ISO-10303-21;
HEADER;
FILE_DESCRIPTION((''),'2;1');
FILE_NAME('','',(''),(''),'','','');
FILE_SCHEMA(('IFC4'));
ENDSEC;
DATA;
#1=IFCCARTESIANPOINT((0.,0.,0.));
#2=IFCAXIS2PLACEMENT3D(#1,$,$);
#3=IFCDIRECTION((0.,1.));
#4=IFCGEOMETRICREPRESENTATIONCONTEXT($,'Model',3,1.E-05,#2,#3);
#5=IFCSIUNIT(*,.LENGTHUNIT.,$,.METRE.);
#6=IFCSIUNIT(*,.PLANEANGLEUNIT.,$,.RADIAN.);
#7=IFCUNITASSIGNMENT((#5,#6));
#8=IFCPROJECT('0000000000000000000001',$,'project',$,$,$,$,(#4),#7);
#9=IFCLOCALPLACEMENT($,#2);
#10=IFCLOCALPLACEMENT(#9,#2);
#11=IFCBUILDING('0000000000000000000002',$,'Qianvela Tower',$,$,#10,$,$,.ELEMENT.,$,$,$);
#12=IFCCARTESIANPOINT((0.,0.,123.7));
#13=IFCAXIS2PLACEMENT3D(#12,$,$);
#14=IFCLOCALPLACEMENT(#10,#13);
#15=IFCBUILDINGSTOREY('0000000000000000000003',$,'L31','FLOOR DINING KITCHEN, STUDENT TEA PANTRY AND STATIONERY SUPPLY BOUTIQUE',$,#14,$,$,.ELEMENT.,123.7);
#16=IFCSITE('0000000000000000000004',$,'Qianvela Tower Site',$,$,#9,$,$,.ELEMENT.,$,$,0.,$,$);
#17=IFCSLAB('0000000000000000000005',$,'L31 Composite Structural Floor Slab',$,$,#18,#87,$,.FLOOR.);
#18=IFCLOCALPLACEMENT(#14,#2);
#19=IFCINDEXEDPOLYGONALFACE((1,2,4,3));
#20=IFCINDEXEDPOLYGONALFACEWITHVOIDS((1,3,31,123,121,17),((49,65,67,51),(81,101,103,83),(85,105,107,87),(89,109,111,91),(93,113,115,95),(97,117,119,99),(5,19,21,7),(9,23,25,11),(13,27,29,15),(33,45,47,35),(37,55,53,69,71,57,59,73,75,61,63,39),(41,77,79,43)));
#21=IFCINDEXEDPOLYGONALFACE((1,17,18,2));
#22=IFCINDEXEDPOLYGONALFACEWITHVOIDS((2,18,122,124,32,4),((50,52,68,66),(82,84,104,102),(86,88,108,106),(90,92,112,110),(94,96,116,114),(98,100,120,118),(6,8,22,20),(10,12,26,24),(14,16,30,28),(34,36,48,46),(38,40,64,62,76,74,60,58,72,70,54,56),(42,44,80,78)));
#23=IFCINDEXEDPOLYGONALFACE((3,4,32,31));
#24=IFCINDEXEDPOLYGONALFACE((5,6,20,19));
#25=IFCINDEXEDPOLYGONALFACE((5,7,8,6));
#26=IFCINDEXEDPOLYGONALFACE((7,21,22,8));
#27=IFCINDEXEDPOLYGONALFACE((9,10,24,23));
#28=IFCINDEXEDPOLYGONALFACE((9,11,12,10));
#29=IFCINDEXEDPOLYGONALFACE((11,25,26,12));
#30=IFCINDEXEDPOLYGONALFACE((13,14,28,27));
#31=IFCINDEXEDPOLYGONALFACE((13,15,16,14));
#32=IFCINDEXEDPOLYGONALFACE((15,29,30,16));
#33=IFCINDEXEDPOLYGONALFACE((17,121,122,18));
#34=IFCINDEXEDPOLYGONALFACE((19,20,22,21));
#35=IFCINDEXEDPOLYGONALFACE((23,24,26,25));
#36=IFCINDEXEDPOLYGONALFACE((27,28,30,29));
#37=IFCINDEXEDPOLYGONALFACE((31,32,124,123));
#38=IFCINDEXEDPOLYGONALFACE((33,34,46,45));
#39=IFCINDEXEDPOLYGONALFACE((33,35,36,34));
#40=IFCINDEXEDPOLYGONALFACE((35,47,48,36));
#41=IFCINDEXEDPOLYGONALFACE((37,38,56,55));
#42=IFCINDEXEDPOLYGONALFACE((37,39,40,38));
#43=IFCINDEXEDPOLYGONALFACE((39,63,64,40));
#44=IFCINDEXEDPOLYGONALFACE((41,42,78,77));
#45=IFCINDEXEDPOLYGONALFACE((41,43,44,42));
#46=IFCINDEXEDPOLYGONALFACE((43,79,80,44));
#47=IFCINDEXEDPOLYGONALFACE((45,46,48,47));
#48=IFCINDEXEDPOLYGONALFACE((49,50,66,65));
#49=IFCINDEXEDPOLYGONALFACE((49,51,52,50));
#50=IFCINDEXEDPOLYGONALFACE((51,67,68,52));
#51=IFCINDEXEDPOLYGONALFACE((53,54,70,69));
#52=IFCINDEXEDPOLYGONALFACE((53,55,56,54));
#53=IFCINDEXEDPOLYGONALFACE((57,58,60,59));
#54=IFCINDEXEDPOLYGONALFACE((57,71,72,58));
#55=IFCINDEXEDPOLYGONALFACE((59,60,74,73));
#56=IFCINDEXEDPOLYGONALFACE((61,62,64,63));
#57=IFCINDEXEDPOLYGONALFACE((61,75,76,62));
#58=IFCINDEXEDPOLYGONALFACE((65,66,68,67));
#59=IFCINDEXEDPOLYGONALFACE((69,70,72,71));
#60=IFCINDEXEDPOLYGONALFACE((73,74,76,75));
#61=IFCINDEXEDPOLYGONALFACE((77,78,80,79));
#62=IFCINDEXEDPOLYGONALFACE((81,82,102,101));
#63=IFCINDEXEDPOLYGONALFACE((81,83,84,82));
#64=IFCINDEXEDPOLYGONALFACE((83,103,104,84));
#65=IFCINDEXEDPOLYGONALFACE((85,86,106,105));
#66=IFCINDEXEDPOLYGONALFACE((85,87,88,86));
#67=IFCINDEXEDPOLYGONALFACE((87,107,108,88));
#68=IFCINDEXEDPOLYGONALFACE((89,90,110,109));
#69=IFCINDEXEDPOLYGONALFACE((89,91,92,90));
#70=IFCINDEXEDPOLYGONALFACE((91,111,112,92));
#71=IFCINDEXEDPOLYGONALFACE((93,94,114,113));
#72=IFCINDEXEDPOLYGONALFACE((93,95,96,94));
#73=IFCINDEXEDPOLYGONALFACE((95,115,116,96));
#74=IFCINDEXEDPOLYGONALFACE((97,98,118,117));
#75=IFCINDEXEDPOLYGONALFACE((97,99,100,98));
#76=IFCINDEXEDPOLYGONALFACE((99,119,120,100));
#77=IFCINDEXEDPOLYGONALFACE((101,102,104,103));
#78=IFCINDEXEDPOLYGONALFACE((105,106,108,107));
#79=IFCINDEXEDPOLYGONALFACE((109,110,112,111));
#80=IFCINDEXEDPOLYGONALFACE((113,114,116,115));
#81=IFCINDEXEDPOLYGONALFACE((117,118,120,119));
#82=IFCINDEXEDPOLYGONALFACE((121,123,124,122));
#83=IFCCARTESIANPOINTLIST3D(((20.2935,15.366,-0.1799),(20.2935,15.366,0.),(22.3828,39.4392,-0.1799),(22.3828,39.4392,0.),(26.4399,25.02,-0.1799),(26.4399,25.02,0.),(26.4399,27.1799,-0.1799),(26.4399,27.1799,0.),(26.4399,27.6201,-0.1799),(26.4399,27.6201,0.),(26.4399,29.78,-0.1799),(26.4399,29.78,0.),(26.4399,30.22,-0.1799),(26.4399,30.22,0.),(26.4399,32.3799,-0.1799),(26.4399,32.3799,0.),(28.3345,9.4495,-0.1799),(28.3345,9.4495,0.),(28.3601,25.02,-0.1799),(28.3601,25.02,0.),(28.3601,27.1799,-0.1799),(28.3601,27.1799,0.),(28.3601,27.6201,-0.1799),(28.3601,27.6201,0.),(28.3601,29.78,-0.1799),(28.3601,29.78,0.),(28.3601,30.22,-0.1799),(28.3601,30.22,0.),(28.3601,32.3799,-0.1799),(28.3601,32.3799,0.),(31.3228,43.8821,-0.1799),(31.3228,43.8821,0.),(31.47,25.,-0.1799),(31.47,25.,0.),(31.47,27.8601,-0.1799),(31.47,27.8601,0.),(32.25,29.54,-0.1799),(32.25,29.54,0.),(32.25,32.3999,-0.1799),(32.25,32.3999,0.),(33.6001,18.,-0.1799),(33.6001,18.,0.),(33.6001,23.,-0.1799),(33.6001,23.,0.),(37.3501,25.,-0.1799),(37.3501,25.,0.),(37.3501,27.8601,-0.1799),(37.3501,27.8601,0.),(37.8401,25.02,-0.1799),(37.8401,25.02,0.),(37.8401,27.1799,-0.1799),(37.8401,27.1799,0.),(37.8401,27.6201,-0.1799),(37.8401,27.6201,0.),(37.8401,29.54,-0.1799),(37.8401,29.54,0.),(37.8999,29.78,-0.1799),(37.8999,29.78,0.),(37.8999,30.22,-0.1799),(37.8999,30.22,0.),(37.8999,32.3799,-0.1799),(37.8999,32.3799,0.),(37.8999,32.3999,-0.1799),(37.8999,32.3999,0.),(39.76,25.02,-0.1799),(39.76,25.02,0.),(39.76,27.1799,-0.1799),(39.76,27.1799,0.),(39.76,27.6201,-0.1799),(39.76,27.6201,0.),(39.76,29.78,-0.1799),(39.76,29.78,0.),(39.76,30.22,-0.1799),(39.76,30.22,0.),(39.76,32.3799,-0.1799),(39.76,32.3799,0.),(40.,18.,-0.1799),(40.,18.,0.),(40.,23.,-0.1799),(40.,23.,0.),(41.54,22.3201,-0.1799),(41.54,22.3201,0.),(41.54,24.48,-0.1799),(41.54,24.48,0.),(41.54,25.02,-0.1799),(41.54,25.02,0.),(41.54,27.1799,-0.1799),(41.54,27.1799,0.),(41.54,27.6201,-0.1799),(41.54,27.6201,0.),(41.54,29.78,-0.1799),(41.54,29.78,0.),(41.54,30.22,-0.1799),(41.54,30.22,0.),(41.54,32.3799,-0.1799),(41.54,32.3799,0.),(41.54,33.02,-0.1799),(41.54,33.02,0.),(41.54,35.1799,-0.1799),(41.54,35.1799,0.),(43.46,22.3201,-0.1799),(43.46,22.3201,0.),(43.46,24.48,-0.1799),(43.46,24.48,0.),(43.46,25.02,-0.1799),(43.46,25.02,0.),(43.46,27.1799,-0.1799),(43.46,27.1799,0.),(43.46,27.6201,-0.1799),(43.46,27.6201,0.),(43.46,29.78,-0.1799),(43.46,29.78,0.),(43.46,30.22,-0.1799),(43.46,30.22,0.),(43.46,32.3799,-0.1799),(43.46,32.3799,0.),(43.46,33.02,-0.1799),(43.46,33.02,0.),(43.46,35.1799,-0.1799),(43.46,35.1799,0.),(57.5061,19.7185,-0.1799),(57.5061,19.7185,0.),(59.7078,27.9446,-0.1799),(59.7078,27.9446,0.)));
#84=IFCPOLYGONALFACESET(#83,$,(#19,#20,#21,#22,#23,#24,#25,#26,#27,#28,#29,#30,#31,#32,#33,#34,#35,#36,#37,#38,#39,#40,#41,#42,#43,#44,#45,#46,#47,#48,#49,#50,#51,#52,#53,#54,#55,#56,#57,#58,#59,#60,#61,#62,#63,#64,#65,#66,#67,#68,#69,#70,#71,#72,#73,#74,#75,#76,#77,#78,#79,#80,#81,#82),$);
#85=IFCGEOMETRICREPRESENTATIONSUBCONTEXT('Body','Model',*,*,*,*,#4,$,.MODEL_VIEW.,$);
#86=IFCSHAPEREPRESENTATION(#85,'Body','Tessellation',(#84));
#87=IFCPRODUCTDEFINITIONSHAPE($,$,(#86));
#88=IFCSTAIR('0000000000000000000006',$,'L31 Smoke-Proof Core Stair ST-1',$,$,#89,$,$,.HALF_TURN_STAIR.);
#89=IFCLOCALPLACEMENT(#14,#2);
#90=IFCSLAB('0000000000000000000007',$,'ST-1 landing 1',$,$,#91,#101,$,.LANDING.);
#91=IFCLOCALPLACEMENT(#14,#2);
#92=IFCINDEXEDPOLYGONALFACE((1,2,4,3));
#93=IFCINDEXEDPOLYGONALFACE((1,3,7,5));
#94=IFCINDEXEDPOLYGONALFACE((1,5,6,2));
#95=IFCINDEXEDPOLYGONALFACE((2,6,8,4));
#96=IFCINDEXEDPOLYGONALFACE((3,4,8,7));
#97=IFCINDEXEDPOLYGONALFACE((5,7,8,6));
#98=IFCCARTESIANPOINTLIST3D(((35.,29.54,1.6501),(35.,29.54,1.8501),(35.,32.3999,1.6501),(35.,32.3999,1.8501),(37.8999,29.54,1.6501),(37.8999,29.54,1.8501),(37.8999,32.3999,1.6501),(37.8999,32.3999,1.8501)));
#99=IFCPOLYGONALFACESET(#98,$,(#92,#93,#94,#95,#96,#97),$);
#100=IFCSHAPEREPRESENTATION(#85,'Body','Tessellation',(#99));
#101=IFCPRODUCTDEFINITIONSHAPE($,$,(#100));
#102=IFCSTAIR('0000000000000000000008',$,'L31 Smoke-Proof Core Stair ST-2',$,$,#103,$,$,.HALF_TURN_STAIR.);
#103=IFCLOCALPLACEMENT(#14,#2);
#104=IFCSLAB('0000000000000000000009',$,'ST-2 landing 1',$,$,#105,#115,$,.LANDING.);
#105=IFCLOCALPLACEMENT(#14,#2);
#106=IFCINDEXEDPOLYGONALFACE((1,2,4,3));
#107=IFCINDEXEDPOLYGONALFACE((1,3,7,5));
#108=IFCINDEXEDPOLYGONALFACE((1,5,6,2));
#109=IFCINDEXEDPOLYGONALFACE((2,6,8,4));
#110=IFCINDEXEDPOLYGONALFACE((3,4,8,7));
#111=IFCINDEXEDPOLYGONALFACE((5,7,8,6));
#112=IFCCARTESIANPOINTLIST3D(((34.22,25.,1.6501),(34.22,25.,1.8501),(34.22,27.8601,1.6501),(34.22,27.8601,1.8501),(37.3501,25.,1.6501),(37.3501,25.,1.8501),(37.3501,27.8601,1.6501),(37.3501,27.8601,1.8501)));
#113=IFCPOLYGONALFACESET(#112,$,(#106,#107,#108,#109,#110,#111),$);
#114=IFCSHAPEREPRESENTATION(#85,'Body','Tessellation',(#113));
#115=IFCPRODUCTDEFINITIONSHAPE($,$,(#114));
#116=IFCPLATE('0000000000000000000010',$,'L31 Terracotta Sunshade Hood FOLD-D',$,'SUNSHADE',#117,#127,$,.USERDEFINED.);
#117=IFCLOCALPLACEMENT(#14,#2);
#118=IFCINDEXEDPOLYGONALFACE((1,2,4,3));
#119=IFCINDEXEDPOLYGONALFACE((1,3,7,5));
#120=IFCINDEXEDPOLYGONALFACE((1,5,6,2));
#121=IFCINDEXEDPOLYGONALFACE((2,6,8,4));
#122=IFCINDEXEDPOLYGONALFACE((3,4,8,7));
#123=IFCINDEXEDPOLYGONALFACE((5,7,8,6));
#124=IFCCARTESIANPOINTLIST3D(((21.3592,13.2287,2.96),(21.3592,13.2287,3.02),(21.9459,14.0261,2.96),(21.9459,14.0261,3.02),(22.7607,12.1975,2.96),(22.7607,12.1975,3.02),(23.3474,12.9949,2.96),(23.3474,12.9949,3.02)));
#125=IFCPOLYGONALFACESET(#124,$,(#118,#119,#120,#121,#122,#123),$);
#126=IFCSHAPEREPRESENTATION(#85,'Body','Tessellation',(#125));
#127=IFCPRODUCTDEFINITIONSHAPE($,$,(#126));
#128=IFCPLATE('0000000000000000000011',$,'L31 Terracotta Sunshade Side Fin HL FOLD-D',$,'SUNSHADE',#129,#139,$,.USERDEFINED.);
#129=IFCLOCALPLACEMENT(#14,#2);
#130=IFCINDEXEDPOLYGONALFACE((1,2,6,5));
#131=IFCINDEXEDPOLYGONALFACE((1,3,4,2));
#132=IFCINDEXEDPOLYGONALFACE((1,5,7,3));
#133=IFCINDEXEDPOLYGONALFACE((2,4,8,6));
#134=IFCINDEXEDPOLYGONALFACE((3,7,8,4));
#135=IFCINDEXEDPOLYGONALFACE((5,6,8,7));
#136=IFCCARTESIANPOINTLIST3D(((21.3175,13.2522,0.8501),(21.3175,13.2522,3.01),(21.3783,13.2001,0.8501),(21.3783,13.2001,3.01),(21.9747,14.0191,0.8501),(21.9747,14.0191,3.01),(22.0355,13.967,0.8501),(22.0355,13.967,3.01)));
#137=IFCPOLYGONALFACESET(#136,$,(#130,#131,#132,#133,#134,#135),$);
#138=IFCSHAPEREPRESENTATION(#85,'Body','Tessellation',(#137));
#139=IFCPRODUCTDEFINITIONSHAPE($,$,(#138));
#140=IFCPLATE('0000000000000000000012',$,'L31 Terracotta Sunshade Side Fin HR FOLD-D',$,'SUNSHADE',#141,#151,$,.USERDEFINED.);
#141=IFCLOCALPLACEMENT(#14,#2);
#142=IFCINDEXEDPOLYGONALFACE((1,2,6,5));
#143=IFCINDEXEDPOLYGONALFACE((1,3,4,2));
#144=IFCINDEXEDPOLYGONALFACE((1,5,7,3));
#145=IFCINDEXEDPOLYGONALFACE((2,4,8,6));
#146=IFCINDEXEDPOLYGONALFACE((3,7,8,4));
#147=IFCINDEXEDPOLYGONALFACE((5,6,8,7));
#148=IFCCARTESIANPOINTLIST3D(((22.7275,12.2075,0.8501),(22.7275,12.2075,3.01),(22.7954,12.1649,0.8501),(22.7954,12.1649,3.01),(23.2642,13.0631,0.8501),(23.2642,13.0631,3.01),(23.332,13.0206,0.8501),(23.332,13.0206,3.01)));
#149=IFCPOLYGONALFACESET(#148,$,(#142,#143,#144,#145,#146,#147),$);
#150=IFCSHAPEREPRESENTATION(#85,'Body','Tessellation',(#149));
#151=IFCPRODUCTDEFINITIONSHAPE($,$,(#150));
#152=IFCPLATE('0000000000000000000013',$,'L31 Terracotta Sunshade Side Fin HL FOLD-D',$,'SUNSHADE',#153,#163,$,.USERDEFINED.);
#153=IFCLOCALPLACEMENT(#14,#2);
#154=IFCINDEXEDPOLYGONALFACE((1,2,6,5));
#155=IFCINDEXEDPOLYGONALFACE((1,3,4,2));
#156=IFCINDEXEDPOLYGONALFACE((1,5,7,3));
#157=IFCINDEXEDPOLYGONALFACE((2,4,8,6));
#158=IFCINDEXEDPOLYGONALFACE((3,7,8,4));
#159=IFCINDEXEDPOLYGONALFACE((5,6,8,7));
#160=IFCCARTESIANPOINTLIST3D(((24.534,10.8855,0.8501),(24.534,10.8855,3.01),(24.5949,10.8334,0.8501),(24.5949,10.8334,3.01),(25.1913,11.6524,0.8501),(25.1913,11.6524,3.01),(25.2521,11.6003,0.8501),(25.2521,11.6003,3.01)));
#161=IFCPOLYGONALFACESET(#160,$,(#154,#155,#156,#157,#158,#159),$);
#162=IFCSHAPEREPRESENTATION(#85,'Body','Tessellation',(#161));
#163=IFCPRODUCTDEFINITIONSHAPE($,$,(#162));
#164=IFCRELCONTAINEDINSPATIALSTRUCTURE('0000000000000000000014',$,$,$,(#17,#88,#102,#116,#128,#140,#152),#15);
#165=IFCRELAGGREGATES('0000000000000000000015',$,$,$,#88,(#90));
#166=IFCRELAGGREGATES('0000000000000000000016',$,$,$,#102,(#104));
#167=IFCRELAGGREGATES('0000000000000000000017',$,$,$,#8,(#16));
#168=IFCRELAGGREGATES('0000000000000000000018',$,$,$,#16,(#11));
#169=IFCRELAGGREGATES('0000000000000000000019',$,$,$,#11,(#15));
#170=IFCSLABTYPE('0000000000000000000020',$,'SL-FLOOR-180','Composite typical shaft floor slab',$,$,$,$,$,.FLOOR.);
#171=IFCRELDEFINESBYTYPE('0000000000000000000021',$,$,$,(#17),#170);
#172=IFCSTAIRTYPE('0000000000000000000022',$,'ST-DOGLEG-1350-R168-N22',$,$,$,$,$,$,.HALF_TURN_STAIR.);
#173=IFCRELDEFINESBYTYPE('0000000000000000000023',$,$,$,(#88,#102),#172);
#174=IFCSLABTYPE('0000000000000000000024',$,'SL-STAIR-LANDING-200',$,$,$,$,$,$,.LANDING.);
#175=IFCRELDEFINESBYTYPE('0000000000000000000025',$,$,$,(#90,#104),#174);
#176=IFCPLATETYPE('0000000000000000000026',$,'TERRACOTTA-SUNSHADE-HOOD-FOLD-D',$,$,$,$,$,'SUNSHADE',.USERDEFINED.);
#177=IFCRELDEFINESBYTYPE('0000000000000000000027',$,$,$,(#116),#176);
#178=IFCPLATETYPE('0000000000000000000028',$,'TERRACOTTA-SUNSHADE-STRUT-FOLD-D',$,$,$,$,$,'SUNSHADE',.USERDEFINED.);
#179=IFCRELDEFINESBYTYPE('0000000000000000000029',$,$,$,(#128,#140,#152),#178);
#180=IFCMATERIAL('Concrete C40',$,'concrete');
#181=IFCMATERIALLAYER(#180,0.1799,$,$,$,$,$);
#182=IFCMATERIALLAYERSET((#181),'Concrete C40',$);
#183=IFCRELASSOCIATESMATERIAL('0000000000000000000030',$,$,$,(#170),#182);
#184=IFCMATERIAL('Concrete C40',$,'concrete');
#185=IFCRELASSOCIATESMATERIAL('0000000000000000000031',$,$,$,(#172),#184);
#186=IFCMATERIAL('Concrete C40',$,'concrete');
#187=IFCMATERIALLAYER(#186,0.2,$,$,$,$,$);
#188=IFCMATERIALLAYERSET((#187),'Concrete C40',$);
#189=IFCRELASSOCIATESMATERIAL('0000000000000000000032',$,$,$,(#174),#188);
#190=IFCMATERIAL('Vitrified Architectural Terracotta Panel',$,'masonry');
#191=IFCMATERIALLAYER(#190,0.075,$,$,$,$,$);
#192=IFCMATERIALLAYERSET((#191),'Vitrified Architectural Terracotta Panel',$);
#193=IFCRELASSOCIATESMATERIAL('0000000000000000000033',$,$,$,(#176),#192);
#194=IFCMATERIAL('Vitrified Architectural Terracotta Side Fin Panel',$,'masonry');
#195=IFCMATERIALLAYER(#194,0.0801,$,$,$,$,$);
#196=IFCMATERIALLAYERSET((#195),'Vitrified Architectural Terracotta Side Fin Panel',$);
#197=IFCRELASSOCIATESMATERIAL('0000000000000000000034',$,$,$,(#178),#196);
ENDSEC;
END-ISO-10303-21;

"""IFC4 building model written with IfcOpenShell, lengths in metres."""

from ifc_helpers import new_model, si_unit, direction, frame, origin, origin_2d, place, context, subcontext, project, spatial, polyline, rectangle, outline, extrude, material, layer, layer_set, type_object, element, aggregate, save


model = new_model("IFC4")

# Units and contexts
model_context = context("Model", 3, precision=1e-05, world=origin(), true_north=direction((0.0, 1.0)))
body_context = subcontext(model_context, "Body", "Model", "MODEL_VIEW")
ifc_project = project(units=[si_unit("LENGTHUNIT", "METRE"), si_unit("PLANEANGLEUNIT", "RADIAN")], contexts=[model_context])

# Site, building, storey
site_placement = place(None, origin())
site = spatial("IfcSite", under=ifc_project, at=site_placement, Name="Qianvela Tower Site", CompositionType="ELEMENT", RefElevation=0.0)
building_placement = place(site_placement, origin())
building = spatial("IfcBuilding", under=site, at=building_placement, Name="Qianvela Tower", CompositionType="ELEMENT")
storey_placement = place(building_placement, frame((0.0, 0.0, 123.7)))
storey = spatial("IfcBuildingStorey", under=building, at=storey_placement, Name="L31", Description="FLOOR DINING KITCHEN, STUDENT TEA PANTRY AND STATIONERY SUPPLY BOUTIQUE", CompositionType="ELEMENT", Elevation=123.7)

# Slab
ifc_material_1 = material(Name="Concrete C40", Category="concrete")
ifc_layer_1 = layer(ifc_material_1, 0.1799)
ifc_layer_set_1 = layer_set([ifc_layer_1], Name="Concrete C40")
slab_type_1 = type_object("IfcSlabType", Name="SL-FLOOR-180", Description="Composite typical shaft floor slab", PredefinedType="FLOOR", material=ifc_layer_set_1)
slab_1_placement = place(storey_placement, frame((0.0, 0.0, -0.1799)))
element("IfcSlab", 1, at=slab_1_placement, inside=storey, type_object=slab_type_1, Name="L31 Composite Structural Floor Slab", PredefinedType="FLOOR", context=body_context, shape_type="SweptSolid", body=[
    extrude(outline(polyline([(57.5061, 19.7185), (59.7078, 27.9446), (31.3228, 43.8821), (22.3828, 39.4392), (20.2935, 15.366), (28.3345, 9.4495), (57.5061, 19.7185)]), holes=[polyline([(40.0, 23.0), (33.6001, 23.0), (33.6001, 18.0), (40.0, 18.0), (40.0, 23.0)]), polyline([(28.3601, 25.02), (28.3601, 27.1799), (26.4399, 27.1799), (26.4399, 25.02), (28.3601, 25.02)]), polyline([(37.3501, 25.0), (37.3501, 27.8601), (31.47, 27.8601), (31.47, 25.0), (37.3501, 25.0)]), polyline([(28.3601, 27.6201), (28.3601, 29.78), (26.4399, 29.78), (26.4399, 27.6201), (28.3601, 27.6201)]), polyline([(37.8999, 32.3799), (37.8999, 32.3999), (32.25, 32.3999), (32.25, 29.54), (37.8401, 29.54), (37.8401, 27.6201), (39.76, 27.6201), (39.76, 29.78), (37.8999, 29.78), (37.8999, 30.22), (39.76, 30.22), (39.76, 32.3799), (37.8999, 32.3799)]), polyline([(28.3601, 30.22), (28.3601, 32.3799), (26.4399, 32.3799), (26.4399, 30.22), (28.3601, 30.22)]), polyline([(43.46, 24.48), (41.54, 24.48), (41.54, 22.3201), (43.46, 22.3201), (43.46, 24.48)]), polyline([(39.76, 25.02), (39.76, 27.1799), (37.8401, 27.1799), (37.8401, 25.02), (39.76, 25.02)]), polyline([(43.46, 25.02), (43.46, 27.1799), (41.54, 27.1799), (41.54, 25.02), (43.46, 25.02)]), polyline([(43.46, 27.6201), (43.46, 29.78), (41.54, 29.78), (41.54, 27.6201), (43.46, 27.6201)]), polyline([(43.46, 30.22), (43.46, 32.3799), (41.54, 32.3799), (41.54, 30.22), (43.46, 30.22)]), polyline([(43.46, 33.02), (43.46, 35.1799), (41.54, 35.1799), (41.54, 33.02), (43.46, 33.02)])]), origin(), (0.0, 0.0, 1.0), 0.1799),
])

# Stairs, slabs
ifc_material_2 = material(Name="Concrete C40", Category="concrete")
stair_type = type_object("IfcStairType", Name="ST-DOGLEG-1350-R168-N22", PredefinedType="HALF_TURN_STAIR", material=ifc_material_2)
stair_1_placement = place(storey_placement, origin())
stair_1 = element("IfcStair", 2, at=stair_1_placement, inside=storey, type_object=stair_type, Name="L31 Smoke-Proof Core Stair ST-1", PredefinedType="HALF_TURN_STAIR")
ifc_material_3 = material(Name="Concrete C40", Category="concrete")
ifc_layer_2 = layer(ifc_material_3, 0.2)
ifc_layer_set_2 = layer_set([ifc_layer_2], Name="Concrete C40")
slab_type_2 = type_object("IfcSlabType", Name="SL-STAIR-LANDING-200", PredefinedType="LANDING", material=ifc_layer_set_2)
slab_2_placement = place(storey_placement, frame((0.0, 0.0, 1.6501)))
slab_2 = element("IfcSlab", 3, at=slab_2_placement, type_object=slab_type_2, Name="ST-1 landing 1", PredefinedType="LANDING", context=body_context, shape_type="SweptSolid", body=[
    extrude(outline(polyline([(35.0, 29.54), (37.8999, 29.54), (37.8999, 32.3999), (35.0, 32.3999), (35.0, 29.54)])), origin(), (0.0, 0.0, 1.0), 0.2),
])
aggregate(stair_1, [slab_2])
stair_2_placement = place(storey_placement, origin())
stair_2 = element("IfcStair", 4, at=stair_2_placement, inside=storey, type_object=stair_type, Name="L31 Smoke-Proof Core Stair ST-2", PredefinedType="HALF_TURN_STAIR")
slab_3_placement = place(storey_placement, frame((0.0, 0.0, 1.6501)))
slab_3 = element("IfcSlab", 5, at=slab_3_placement, type_object=slab_type_2, Name="ST-2 landing 1", PredefinedType="LANDING", context=body_context, shape_type="SweptSolid", body=[
    extrude(outline(polyline([(34.22, 25.0), (37.3501, 25.0), (37.3501, 27.8601), (34.22, 27.8601), (34.22, 25.0)])), origin(), (0.0, 0.0, 1.0), 0.2),
])
aggregate(stair_2, [slab_3])

# Plates
ifc_material_4 = material(Name="Vitrified Architectural Terracotta Panel", Category="masonry")
ifc_layer_3 = layer(ifc_material_4, 0.075)
ifc_layer_set_3 = layer_set([ifc_layer_3], Name="Vitrified Architectural Terracotta Panel")
plate_type_1 = type_object("IfcPlateType", Name="TERRACOTTA-SUNSHADE-HOOD-FOLD-D", ElementType="SUNSHADE", PredefinedType="USERDEFINED", material=ifc_layer_set_3)
plate_1_placement = place(storey_placement, frame((22.3533, 13.1118, 2.96), z_axis=(0.0, 0.0, 1.0), x_axis=(0.805455, -0.592657, 0.0)))
element("IfcPlate", 6, at=plate_1_placement, inside=storey, type_object=plate_type_1, Name="L31 Terracotta Sunshade Hood FOLD-D", ObjectType="SUNSHADE", PredefinedType="USERDEFINED", context=body_context, shape_type="SweptSolid", body=[
    extrude(rectangle(XDim=1.74, YDim=0.99, at=origin_2d()), origin(), (0.0, 0.0, 1.0), 0.0601),
])
ifc_material_5 = material(Name="Vitrified Architectural Terracotta Side Fin Panel", Category="masonry")
ifc_layer_4 = layer(ifc_material_5, 0.0801)
ifc_layer_set_4 = layer_set([ifc_layer_4], Name="Vitrified Architectural Terracotta Side Fin Panel")
plate_type_2 = type_object("IfcPlateType", Name="TERRACOTTA-SUNSHADE-STRUT-FOLD-D", ElementType="SUNSHADE", PredefinedType="USERDEFINED", material=ifc_layer_set_4)
for number, where, z_axis, x_axis, name in (
    (7, (21.6765, 13.6096, 0.8501), (0.0, 0.0, 1.0), (0.759319, -0.650719, 0.0), "L31 Terracotta Sunshade Side Fin HL FOLD-D"),
    (8, (23.0298, 12.614, 0.8501), (0.0, 0.0, 1.0), (0.847161, -0.531336, 0.0), "L31 Terracotta Sunshade Side Fin HR FOLD-D"),
    (9, (24.8931, 11.2429, 0.8501), (0.0, 0.0, 1.0), (0.759319, -0.650719, 0.0), "L31 Terracotta Sunshade Side Fin HL FOLD-D"),
):
    element("IfcPlate", number, at=place(storey_placement, frame(where, z_axis=z_axis, x_axis=x_axis)), inside=storey, type_object=plate_type_2, Name=name, ObjectType="SUNSHADE", PredefinedType="USERDEFINED", context=body_context, shape_type="SweptSolid", body=[
        extrude(rectangle(XDim=0.0801, YDim=1.01, at=origin_2d()), origin(), (0.0, 0.0, 1.0), 2.1599),
    ])

save(model, "model.ifc")
